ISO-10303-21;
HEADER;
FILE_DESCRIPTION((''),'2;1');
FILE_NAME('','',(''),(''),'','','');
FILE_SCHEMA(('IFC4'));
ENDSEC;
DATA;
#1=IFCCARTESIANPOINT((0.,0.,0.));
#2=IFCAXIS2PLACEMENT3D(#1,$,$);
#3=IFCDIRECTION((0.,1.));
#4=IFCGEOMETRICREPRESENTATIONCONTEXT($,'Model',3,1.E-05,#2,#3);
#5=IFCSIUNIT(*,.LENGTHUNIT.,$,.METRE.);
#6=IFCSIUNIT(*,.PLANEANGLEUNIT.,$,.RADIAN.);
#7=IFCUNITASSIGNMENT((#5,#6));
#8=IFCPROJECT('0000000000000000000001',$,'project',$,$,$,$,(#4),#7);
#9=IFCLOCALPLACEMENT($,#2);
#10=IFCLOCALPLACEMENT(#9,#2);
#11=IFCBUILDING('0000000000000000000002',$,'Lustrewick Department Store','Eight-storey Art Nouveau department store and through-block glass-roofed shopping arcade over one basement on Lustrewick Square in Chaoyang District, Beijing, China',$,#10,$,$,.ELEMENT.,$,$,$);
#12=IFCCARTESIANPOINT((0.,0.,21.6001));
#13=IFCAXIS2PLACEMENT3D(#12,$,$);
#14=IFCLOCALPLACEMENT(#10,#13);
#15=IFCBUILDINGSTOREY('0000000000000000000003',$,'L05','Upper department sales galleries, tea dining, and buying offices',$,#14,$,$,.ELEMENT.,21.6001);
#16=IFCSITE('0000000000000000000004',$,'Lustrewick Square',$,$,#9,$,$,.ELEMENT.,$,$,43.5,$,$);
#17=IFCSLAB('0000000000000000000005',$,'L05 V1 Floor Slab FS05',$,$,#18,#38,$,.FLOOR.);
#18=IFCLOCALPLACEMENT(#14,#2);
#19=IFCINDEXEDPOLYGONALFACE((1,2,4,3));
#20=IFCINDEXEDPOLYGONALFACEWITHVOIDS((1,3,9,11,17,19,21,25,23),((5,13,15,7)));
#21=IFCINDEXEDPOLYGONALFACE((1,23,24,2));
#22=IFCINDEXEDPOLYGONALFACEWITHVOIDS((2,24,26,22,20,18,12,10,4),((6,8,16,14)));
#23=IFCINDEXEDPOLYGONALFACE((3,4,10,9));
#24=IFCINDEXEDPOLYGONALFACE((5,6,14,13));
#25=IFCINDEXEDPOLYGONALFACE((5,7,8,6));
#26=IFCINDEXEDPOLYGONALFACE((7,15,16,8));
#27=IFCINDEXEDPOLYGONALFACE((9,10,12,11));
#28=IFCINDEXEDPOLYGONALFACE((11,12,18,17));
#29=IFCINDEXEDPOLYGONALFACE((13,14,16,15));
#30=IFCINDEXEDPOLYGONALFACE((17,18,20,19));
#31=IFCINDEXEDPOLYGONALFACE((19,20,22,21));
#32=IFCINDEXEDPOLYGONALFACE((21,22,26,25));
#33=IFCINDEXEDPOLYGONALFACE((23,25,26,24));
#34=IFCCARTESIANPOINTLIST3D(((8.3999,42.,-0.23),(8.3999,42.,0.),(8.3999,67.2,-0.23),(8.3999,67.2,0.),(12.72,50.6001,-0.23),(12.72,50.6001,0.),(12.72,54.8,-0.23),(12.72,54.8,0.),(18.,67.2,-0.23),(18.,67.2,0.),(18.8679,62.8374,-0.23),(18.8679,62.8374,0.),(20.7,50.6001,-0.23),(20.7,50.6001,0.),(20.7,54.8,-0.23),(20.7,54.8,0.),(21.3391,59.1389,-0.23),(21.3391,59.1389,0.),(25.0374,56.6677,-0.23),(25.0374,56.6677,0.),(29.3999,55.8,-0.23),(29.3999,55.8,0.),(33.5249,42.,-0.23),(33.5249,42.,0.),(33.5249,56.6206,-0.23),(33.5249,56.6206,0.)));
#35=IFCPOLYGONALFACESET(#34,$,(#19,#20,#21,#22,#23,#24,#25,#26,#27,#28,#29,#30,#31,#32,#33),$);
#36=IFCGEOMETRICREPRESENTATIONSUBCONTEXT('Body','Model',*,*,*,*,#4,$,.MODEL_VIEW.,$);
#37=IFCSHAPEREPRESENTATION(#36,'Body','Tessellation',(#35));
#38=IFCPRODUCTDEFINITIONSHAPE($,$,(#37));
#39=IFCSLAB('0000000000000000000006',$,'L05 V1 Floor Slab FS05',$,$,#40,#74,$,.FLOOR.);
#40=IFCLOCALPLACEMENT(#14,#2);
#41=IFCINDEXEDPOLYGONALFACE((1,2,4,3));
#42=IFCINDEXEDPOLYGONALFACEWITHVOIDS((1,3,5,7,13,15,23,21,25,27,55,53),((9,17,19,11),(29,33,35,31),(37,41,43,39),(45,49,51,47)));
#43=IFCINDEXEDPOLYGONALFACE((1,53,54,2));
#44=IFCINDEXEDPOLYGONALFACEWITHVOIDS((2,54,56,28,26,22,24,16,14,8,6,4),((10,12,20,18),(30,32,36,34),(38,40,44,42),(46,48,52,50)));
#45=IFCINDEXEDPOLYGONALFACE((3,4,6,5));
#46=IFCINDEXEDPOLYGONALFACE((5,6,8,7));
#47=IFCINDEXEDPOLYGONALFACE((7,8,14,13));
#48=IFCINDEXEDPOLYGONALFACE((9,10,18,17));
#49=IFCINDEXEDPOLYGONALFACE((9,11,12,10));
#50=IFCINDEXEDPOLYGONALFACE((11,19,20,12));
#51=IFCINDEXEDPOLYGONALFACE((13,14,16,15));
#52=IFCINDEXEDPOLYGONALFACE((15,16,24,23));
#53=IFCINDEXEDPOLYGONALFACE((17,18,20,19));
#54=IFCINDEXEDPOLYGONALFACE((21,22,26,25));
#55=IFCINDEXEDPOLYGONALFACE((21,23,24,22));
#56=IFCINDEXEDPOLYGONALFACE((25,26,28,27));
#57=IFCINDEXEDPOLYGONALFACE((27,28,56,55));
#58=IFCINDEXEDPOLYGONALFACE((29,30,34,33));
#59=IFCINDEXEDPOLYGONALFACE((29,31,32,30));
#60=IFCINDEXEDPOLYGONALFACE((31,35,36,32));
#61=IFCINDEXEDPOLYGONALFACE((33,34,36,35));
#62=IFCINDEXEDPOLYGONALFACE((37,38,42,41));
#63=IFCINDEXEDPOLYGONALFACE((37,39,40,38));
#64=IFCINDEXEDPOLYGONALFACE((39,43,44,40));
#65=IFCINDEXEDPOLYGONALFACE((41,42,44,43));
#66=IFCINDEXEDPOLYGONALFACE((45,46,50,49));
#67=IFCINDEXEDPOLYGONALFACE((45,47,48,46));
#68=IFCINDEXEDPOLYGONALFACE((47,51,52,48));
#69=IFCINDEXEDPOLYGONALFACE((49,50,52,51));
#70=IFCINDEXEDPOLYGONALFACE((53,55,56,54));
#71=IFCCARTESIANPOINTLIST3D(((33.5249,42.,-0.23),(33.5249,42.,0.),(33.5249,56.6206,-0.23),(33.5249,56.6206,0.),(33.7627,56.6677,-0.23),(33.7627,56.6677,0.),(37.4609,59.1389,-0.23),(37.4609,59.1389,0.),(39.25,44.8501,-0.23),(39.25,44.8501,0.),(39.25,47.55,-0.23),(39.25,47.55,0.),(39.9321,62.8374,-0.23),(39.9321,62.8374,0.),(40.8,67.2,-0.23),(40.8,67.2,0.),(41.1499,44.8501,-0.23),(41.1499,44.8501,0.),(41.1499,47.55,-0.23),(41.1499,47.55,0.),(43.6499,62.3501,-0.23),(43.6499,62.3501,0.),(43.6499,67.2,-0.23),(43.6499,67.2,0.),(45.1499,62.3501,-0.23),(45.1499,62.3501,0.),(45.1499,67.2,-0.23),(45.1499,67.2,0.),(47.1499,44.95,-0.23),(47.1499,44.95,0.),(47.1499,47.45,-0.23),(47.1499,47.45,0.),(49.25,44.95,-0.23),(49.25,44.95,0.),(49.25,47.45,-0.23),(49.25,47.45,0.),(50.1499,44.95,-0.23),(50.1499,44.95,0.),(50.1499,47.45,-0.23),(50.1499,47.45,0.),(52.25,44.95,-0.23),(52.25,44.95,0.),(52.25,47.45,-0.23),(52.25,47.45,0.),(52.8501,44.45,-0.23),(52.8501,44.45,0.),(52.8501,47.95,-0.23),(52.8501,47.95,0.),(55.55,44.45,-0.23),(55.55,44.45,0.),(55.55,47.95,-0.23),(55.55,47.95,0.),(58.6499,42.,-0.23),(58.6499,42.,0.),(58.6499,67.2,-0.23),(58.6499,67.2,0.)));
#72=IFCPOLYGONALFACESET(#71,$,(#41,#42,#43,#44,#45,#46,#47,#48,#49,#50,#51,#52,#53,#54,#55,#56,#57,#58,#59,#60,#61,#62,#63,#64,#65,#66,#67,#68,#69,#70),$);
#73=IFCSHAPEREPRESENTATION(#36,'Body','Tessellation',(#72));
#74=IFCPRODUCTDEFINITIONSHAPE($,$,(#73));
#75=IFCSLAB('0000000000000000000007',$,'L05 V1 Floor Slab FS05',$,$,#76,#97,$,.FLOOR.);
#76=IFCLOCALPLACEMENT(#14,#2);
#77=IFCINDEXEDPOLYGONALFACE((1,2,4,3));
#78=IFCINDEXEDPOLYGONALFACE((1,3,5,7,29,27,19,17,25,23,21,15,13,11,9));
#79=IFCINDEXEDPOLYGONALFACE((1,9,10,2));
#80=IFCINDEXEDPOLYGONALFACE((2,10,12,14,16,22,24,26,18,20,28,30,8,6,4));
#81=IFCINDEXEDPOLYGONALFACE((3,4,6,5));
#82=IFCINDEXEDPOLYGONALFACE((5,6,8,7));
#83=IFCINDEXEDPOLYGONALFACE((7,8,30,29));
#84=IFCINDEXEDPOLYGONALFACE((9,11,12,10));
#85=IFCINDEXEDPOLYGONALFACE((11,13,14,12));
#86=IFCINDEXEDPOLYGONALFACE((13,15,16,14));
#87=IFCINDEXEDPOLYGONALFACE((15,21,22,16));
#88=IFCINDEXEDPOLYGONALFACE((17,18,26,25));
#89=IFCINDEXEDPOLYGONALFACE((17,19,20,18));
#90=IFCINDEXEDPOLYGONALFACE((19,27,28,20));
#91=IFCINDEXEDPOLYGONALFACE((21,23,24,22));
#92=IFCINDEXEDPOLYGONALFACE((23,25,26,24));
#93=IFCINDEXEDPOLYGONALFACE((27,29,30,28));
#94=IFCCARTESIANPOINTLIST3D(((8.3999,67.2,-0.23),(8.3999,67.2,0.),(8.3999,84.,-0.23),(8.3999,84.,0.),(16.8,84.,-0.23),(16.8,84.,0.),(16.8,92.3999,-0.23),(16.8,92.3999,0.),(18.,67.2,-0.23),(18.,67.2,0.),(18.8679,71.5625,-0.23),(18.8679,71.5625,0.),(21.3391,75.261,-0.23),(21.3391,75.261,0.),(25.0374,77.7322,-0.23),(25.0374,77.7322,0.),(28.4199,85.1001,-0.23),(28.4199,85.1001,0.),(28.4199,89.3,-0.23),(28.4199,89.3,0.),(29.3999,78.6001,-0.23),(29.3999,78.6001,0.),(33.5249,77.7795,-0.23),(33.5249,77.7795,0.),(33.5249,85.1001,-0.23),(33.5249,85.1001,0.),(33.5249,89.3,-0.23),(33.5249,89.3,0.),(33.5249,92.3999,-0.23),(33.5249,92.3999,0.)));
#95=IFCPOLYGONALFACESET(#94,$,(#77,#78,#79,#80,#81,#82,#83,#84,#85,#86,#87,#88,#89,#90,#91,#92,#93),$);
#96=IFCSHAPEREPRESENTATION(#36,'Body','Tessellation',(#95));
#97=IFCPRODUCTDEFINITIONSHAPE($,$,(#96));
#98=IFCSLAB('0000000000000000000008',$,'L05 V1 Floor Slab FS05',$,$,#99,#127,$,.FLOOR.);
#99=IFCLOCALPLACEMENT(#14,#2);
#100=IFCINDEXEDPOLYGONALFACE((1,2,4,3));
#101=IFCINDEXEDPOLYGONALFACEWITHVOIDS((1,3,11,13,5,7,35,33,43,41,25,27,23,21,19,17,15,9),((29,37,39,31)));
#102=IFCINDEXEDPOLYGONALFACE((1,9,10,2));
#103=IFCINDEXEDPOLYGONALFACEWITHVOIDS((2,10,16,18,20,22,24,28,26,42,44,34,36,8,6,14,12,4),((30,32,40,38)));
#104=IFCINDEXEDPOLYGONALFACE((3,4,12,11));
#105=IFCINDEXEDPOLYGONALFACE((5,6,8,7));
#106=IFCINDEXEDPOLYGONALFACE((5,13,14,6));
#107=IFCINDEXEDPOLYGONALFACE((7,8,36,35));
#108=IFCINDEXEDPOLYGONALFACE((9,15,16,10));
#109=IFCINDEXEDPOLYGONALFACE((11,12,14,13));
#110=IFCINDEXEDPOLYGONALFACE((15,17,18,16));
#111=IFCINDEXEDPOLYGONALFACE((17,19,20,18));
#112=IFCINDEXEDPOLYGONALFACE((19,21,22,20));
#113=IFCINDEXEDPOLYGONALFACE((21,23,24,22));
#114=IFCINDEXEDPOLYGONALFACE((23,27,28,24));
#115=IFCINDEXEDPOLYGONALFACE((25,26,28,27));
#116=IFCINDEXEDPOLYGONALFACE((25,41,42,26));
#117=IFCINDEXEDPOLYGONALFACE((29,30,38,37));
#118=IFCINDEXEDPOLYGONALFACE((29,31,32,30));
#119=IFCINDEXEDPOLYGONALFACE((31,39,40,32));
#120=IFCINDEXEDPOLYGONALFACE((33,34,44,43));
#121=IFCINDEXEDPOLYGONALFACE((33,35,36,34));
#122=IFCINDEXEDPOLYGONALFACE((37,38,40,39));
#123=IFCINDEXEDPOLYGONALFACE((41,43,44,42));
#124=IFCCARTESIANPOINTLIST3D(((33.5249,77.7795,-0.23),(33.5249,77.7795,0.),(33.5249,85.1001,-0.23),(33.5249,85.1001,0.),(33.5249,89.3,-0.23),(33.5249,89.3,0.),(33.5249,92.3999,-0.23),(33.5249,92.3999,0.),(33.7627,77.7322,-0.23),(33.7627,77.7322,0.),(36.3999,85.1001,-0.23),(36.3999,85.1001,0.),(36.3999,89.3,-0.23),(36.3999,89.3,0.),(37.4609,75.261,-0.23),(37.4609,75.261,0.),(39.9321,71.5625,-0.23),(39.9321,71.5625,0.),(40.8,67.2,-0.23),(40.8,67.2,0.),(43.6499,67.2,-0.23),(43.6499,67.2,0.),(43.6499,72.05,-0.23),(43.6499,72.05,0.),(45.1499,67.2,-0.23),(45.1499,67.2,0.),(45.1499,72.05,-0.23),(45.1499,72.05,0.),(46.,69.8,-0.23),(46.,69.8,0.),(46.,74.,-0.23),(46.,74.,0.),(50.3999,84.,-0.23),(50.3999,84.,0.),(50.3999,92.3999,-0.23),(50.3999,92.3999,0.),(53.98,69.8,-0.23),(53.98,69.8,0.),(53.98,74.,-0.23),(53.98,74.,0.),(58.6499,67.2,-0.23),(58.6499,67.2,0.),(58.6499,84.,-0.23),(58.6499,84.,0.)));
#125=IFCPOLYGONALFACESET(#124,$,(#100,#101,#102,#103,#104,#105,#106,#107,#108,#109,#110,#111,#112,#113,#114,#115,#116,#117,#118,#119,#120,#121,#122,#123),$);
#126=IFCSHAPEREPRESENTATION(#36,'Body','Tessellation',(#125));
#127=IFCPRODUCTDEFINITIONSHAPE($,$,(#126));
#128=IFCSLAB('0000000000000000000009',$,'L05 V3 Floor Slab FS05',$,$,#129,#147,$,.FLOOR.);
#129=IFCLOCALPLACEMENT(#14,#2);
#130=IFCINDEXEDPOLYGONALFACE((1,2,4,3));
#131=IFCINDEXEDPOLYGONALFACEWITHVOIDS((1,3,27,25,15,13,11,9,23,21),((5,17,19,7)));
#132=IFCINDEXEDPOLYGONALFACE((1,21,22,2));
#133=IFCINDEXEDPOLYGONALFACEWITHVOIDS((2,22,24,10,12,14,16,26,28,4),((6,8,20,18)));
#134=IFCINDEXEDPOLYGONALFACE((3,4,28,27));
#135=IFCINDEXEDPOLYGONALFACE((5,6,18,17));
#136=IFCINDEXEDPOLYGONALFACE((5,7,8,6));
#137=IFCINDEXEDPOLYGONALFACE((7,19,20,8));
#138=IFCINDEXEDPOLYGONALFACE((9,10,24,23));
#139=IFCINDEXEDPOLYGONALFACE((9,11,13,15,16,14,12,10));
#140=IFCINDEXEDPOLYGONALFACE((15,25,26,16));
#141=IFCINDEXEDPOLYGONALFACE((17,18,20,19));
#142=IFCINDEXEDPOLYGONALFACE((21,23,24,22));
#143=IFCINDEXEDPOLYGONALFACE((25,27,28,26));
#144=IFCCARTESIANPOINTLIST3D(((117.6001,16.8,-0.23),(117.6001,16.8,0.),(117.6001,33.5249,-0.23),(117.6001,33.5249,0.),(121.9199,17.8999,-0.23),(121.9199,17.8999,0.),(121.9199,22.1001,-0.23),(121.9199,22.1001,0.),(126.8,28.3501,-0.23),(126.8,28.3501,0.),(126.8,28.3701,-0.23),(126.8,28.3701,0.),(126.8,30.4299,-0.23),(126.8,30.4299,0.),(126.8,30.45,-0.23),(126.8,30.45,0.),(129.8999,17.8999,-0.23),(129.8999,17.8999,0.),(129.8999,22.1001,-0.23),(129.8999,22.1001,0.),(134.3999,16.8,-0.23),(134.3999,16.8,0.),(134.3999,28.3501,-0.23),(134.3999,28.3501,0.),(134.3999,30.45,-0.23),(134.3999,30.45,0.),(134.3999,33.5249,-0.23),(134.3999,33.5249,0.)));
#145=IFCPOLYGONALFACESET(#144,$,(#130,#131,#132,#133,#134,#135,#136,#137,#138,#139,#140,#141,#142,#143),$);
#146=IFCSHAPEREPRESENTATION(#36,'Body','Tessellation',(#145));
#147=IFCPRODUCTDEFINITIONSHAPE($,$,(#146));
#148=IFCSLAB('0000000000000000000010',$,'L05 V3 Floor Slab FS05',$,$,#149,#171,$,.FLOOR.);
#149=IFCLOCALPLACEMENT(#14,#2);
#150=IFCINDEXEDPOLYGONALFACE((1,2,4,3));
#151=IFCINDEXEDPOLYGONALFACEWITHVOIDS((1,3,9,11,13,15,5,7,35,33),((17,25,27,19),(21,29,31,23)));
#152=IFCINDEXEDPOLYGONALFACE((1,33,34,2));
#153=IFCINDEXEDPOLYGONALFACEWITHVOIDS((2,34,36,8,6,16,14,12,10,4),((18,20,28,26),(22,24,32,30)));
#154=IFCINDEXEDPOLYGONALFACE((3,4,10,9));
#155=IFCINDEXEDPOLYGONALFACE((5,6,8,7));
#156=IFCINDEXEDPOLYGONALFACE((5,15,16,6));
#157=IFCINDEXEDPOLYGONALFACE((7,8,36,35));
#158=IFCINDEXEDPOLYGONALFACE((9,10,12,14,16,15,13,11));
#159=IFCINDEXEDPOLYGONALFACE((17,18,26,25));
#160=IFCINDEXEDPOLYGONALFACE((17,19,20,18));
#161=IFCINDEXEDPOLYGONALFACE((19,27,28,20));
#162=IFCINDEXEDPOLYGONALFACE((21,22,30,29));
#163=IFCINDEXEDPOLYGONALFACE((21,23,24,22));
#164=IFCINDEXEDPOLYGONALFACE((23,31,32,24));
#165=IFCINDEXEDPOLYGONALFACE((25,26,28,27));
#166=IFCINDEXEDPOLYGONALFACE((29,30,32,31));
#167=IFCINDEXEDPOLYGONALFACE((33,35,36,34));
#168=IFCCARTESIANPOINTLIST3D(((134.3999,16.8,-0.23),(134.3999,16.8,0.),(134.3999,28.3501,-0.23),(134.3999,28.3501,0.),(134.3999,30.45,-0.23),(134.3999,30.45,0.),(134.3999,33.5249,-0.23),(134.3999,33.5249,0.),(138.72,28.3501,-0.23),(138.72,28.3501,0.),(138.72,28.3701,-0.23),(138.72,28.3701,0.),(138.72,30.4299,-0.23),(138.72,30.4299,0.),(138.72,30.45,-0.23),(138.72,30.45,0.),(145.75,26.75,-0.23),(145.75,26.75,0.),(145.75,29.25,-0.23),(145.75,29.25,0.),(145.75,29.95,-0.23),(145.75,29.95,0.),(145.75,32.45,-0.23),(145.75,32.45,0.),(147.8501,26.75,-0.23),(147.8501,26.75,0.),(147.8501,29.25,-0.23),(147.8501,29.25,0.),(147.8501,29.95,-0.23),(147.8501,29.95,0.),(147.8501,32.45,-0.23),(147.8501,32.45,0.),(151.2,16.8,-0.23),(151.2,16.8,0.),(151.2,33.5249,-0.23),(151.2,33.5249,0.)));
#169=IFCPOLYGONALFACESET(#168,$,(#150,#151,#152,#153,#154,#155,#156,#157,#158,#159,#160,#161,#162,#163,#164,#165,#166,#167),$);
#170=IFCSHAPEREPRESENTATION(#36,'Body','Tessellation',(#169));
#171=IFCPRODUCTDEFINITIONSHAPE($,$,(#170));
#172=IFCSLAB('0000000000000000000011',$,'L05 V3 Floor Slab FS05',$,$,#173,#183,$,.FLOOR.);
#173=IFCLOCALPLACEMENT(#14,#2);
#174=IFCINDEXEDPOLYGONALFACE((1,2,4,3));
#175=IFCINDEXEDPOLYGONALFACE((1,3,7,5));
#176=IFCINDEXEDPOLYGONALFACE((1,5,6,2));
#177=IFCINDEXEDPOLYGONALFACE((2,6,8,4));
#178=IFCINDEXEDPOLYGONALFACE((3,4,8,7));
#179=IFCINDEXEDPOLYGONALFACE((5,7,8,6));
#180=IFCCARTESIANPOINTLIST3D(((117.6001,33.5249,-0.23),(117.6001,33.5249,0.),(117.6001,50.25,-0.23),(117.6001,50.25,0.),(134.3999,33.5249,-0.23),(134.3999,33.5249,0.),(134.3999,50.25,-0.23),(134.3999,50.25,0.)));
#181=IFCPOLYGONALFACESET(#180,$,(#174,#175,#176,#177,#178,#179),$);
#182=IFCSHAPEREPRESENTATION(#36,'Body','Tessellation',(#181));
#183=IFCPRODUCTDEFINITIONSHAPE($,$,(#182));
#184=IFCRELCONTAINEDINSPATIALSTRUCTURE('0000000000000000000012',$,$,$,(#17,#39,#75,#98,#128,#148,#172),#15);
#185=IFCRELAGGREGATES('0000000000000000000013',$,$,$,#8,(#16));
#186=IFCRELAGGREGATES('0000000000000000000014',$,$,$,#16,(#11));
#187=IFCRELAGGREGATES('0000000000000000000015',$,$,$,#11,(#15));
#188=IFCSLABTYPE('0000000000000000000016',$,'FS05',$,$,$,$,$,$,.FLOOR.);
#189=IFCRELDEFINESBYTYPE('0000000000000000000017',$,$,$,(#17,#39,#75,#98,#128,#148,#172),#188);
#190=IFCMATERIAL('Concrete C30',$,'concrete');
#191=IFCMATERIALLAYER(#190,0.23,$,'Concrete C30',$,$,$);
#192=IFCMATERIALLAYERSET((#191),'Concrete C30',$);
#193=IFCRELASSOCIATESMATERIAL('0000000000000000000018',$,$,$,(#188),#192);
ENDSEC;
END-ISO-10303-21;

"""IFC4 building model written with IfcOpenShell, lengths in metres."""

from ifc_helpers import new_model, si_unit, direction, frame, origin, place, context, subcontext, project, spatial, polyline, outline, extrude, material, layer, layer_set, type_object, element, save


model = new_model("IFC4")

# Units and contexts
model_context = context("Model", 3, precision=1e-05, world=origin(), true_north=direction((0.0, 1.0)))
body_context = subcontext(model_context, "Body", "Model", "MODEL_VIEW")
ifc_project = project(units=[si_unit("LENGTHUNIT", "METRE"), si_unit("PLANEANGLEUNIT", "RADIAN")], contexts=[model_context])

# Site, building, storey
site_placement = place(None, origin())
site = spatial("IfcSite", under=ifc_project, at=site_placement, Name="Lustrewick Square", CompositionType="ELEMENT", RefElevation=43.5)
building_placement = place(site_placement, origin())
building = spatial("IfcBuilding", under=site, at=building_placement, Name="Lustrewick Department Store", Description="Eight-storey Art Nouveau department store and through-block glass-roofed shopping arcade over one basement on Lustrewick Square in Chaoyang District, Beijing, China", CompositionType="ELEMENT")
storey_placement = place(building_placement, frame((0.0, 0.0, 21.6001)))
storey = spatial("IfcBuildingStorey", under=building, at=storey_placement, Name="L05", Description="Upper department sales galleries, tea dining, and buying offices", CompositionType="ELEMENT", Elevation=21.6001)

# Slabs
ifc_material_1 = material(Name="Concrete C30", Category="concrete")
ifc_layer_1 = layer(ifc_material_1, 0.23, Name="Concrete C30")
ifc_layer_set_1 = layer_set([ifc_layer_1], Name="Concrete C30")
slab_type_1 = type_object("IfcSlabType", Name="FS05", PredefinedType="FLOOR", material=ifc_layer_set_1)
slab_1_placement = place(storey_placement, frame((0.0, 0.0, -0.23)))
element("IfcSlab", 1, at=slab_1_placement, inside=storey, type_object=slab_type_1, Name="L05 V1 Floor Slab FS05", PredefinedType="FLOOR", context=body_context, shape_type="SweptSolid", body=[
    extrude(outline(polyline([(8.3999, 42.0), (33.5249, 42.0), (33.5249, 56.6206), (29.3999, 55.8), (25.0374, 56.6677), (21.3391, 59.1389), (18.8679, 62.8374), (18.0, 67.2), (8.3999, 67.2), (8.3999, 42.0)]), holes=[polyline([(12.72, 50.6001), (12.72, 54.8), (20.7, 54.8), (20.7, 50.6001), (12.72, 50.6001)])]), origin(), (0.0, 0.0, 1.0), 0.23),
])
slab_2_placement = place(storey_placement, frame((0.0, 0.0, -0.23)))
element("IfcSlab", 2, at=slab_2_placement, inside=storey, type_object=slab_type_1, Name="L05 V1 Floor Slab FS05", PredefinedType="FLOOR", context=body_context, shape_type="SweptSolid", body=[
    extrude(outline(polyline([(58.6499, 42.0), (58.6499, 67.2), (45.1499, 67.2), (45.1499, 62.3501), (43.6499, 62.3501), (43.6499, 67.2), (40.8, 67.2), (39.9321, 62.8374), (37.4609, 59.1389), (33.7627, 56.6677), (33.5249, 56.6206), (33.5249, 42.0), (58.6499, 42.0)]), holes=[polyline([(55.55, 44.45), (52.8501, 44.45), (52.8501, 47.95), (55.55, 47.95), (55.55, 44.45)]), polyline([(50.1499, 44.95), (50.1499, 47.45), (52.25, 47.45), (52.25, 44.95), (50.1499, 44.95)]), polyline([(47.1499, 44.95), (47.1499, 47.45), (49.25, 47.45), (49.25, 44.95), (47.1499, 44.95)]), polyline([(41.1499, 44.8501), (39.25, 44.8501), (39.25, 47.55), (41.1499, 47.55), (41.1499, 44.8501)])]), origin(), (0.0, 0.0, 1.0), 0.23),
])
slab_3_placement = place(storey_placement, frame((0.0, 0.0, -0.23)))
element("IfcSlab", 3, at=slab_3_placement, inside=storey, type_object=slab_type_1, Name="L05 V1 Floor Slab FS05", PredefinedType="FLOOR", context=body_context, shape_type="SweptSolid", body=[
    extrude(outline(polyline([(8.3999, 84.0), (8.3999, 67.2), (18.0, 67.2), (18.8679, 71.5625), (21.3391, 75.261), (25.0374, 77.7322), (29.3999, 78.6001), (33.5249, 77.7795), (33.5249, 85.1001), (28.4199, 85.1001), (28.4199, 89.3), (33.5249, 89.3), (33.5249, 92.3999), (16.8, 92.3999), (16.8, 84.0), (8.3999, 84.0)])), origin(), (0.0, 0.0, 1.0), 0.23),
])
slab_4_placement = place(storey_placement, frame((0.0, 0.0, -0.23)))
element("IfcSlab", 4, at=slab_4_placement, inside=storey, type_object=slab_type_1, Name="L05 V1 Floor Slab FS05", PredefinedType="FLOOR", context=body_context, shape_type="SweptSolid", body=[
    extrude(outline(polyline([(58.6499, 67.2), (58.6499, 84.0), (50.3999, 84.0), (50.3999, 92.3999), (33.5249, 92.3999), (33.5249, 89.3), (36.3999, 89.3), (36.3999, 85.1001), (33.5249, 85.1001), (33.5249, 77.7795), (33.7627, 77.7322), (37.4609, 75.261), (39.9321, 71.5625), (40.8, 67.2), (43.6499, 67.2), (43.6499, 72.05), (45.1499, 72.05), (45.1499, 67.2), (58.6499, 67.2)]), holes=[polyline([(46.0, 69.8), (46.0, 74.0), (53.98, 74.0), (53.98, 69.8), (46.0, 69.8)])]), origin(), (0.0, 0.0, 1.0), 0.23),
])
slab_5_placement = place(storey_placement, frame((0.0, 0.0, -0.23)))
element("IfcSlab", 5, at=slab_5_placement, inside=storey, type_object=slab_type_1, Name="L05 V3 Floor Slab FS05", PredefinedType="FLOOR", context=body_context, shape_type="SweptSolid", body=[
    extrude(outline(polyline([(126.8, 28.3701), (126.8, 30.4299), (126.8, 30.45), (134.3999, 30.45), (134.3999, 33.5249), (117.6001, 33.5249), (117.6001, 16.8), (134.3999, 16.8), (134.3999, 28.3501), (126.8, 28.3501), (126.8, 28.3701)]), holes=[polyline([(129.8999, 17.8999), (129.8999, 22.1001), (121.9199, 22.1001), (121.9199, 17.8999), (129.8999, 17.8999)])]), origin(), (0.0, 0.0, 1.0), 0.23),
])
slab_6_placement = place(storey_placement, frame((0.0, 0.0, -0.23)))
element("IfcSlab", 6, at=slab_6_placement, inside=storey, type_object=slab_type_1, Name="L05 V3 Floor Slab FS05", PredefinedType="FLOOR", context=body_context, shape_type="SweptSolid", body=[
    extrude(outline(polyline([(138.72, 30.4299), (138.72, 28.3701), (138.72, 28.3501), (134.3999, 28.3501), (134.3999, 16.8), (151.2, 16.8), (151.2, 33.5249), (134.3999, 33.5249), (134.3999, 30.45), (138.72, 30.45), (138.72, 30.4299)]), holes=[polyline([(147.8501, 26.75), (147.8501, 29.25), (145.75, 29.25), (145.75, 26.75), (147.8501, 26.75)]), polyline([(147.8501, 29.95), (147.8501, 32.45), (145.75, 32.45), (145.75, 29.95), (147.8501, 29.95)])]), origin(), (0.0, 0.0, 1.0), 0.23),
])
slab_7_placement = place(storey_placement, frame((0.0, 0.0, -0.23)))
element("IfcSlab", 7, at=slab_7_placement, inside=storey, type_object=slab_type_1, Name="L05 V3 Floor Slab FS05", PredefinedType="FLOOR", context=body_context, shape_type="SweptSolid", body=[
    extrude(outline(polyline([(117.6001, 50.25), (117.6001, 33.5249), (134.3999, 33.5249), (134.3999, 50.25), (117.6001, 50.25)])), origin(), (0.0, 0.0, 1.0), 0.23),
])

save(model, "model.ifc")
